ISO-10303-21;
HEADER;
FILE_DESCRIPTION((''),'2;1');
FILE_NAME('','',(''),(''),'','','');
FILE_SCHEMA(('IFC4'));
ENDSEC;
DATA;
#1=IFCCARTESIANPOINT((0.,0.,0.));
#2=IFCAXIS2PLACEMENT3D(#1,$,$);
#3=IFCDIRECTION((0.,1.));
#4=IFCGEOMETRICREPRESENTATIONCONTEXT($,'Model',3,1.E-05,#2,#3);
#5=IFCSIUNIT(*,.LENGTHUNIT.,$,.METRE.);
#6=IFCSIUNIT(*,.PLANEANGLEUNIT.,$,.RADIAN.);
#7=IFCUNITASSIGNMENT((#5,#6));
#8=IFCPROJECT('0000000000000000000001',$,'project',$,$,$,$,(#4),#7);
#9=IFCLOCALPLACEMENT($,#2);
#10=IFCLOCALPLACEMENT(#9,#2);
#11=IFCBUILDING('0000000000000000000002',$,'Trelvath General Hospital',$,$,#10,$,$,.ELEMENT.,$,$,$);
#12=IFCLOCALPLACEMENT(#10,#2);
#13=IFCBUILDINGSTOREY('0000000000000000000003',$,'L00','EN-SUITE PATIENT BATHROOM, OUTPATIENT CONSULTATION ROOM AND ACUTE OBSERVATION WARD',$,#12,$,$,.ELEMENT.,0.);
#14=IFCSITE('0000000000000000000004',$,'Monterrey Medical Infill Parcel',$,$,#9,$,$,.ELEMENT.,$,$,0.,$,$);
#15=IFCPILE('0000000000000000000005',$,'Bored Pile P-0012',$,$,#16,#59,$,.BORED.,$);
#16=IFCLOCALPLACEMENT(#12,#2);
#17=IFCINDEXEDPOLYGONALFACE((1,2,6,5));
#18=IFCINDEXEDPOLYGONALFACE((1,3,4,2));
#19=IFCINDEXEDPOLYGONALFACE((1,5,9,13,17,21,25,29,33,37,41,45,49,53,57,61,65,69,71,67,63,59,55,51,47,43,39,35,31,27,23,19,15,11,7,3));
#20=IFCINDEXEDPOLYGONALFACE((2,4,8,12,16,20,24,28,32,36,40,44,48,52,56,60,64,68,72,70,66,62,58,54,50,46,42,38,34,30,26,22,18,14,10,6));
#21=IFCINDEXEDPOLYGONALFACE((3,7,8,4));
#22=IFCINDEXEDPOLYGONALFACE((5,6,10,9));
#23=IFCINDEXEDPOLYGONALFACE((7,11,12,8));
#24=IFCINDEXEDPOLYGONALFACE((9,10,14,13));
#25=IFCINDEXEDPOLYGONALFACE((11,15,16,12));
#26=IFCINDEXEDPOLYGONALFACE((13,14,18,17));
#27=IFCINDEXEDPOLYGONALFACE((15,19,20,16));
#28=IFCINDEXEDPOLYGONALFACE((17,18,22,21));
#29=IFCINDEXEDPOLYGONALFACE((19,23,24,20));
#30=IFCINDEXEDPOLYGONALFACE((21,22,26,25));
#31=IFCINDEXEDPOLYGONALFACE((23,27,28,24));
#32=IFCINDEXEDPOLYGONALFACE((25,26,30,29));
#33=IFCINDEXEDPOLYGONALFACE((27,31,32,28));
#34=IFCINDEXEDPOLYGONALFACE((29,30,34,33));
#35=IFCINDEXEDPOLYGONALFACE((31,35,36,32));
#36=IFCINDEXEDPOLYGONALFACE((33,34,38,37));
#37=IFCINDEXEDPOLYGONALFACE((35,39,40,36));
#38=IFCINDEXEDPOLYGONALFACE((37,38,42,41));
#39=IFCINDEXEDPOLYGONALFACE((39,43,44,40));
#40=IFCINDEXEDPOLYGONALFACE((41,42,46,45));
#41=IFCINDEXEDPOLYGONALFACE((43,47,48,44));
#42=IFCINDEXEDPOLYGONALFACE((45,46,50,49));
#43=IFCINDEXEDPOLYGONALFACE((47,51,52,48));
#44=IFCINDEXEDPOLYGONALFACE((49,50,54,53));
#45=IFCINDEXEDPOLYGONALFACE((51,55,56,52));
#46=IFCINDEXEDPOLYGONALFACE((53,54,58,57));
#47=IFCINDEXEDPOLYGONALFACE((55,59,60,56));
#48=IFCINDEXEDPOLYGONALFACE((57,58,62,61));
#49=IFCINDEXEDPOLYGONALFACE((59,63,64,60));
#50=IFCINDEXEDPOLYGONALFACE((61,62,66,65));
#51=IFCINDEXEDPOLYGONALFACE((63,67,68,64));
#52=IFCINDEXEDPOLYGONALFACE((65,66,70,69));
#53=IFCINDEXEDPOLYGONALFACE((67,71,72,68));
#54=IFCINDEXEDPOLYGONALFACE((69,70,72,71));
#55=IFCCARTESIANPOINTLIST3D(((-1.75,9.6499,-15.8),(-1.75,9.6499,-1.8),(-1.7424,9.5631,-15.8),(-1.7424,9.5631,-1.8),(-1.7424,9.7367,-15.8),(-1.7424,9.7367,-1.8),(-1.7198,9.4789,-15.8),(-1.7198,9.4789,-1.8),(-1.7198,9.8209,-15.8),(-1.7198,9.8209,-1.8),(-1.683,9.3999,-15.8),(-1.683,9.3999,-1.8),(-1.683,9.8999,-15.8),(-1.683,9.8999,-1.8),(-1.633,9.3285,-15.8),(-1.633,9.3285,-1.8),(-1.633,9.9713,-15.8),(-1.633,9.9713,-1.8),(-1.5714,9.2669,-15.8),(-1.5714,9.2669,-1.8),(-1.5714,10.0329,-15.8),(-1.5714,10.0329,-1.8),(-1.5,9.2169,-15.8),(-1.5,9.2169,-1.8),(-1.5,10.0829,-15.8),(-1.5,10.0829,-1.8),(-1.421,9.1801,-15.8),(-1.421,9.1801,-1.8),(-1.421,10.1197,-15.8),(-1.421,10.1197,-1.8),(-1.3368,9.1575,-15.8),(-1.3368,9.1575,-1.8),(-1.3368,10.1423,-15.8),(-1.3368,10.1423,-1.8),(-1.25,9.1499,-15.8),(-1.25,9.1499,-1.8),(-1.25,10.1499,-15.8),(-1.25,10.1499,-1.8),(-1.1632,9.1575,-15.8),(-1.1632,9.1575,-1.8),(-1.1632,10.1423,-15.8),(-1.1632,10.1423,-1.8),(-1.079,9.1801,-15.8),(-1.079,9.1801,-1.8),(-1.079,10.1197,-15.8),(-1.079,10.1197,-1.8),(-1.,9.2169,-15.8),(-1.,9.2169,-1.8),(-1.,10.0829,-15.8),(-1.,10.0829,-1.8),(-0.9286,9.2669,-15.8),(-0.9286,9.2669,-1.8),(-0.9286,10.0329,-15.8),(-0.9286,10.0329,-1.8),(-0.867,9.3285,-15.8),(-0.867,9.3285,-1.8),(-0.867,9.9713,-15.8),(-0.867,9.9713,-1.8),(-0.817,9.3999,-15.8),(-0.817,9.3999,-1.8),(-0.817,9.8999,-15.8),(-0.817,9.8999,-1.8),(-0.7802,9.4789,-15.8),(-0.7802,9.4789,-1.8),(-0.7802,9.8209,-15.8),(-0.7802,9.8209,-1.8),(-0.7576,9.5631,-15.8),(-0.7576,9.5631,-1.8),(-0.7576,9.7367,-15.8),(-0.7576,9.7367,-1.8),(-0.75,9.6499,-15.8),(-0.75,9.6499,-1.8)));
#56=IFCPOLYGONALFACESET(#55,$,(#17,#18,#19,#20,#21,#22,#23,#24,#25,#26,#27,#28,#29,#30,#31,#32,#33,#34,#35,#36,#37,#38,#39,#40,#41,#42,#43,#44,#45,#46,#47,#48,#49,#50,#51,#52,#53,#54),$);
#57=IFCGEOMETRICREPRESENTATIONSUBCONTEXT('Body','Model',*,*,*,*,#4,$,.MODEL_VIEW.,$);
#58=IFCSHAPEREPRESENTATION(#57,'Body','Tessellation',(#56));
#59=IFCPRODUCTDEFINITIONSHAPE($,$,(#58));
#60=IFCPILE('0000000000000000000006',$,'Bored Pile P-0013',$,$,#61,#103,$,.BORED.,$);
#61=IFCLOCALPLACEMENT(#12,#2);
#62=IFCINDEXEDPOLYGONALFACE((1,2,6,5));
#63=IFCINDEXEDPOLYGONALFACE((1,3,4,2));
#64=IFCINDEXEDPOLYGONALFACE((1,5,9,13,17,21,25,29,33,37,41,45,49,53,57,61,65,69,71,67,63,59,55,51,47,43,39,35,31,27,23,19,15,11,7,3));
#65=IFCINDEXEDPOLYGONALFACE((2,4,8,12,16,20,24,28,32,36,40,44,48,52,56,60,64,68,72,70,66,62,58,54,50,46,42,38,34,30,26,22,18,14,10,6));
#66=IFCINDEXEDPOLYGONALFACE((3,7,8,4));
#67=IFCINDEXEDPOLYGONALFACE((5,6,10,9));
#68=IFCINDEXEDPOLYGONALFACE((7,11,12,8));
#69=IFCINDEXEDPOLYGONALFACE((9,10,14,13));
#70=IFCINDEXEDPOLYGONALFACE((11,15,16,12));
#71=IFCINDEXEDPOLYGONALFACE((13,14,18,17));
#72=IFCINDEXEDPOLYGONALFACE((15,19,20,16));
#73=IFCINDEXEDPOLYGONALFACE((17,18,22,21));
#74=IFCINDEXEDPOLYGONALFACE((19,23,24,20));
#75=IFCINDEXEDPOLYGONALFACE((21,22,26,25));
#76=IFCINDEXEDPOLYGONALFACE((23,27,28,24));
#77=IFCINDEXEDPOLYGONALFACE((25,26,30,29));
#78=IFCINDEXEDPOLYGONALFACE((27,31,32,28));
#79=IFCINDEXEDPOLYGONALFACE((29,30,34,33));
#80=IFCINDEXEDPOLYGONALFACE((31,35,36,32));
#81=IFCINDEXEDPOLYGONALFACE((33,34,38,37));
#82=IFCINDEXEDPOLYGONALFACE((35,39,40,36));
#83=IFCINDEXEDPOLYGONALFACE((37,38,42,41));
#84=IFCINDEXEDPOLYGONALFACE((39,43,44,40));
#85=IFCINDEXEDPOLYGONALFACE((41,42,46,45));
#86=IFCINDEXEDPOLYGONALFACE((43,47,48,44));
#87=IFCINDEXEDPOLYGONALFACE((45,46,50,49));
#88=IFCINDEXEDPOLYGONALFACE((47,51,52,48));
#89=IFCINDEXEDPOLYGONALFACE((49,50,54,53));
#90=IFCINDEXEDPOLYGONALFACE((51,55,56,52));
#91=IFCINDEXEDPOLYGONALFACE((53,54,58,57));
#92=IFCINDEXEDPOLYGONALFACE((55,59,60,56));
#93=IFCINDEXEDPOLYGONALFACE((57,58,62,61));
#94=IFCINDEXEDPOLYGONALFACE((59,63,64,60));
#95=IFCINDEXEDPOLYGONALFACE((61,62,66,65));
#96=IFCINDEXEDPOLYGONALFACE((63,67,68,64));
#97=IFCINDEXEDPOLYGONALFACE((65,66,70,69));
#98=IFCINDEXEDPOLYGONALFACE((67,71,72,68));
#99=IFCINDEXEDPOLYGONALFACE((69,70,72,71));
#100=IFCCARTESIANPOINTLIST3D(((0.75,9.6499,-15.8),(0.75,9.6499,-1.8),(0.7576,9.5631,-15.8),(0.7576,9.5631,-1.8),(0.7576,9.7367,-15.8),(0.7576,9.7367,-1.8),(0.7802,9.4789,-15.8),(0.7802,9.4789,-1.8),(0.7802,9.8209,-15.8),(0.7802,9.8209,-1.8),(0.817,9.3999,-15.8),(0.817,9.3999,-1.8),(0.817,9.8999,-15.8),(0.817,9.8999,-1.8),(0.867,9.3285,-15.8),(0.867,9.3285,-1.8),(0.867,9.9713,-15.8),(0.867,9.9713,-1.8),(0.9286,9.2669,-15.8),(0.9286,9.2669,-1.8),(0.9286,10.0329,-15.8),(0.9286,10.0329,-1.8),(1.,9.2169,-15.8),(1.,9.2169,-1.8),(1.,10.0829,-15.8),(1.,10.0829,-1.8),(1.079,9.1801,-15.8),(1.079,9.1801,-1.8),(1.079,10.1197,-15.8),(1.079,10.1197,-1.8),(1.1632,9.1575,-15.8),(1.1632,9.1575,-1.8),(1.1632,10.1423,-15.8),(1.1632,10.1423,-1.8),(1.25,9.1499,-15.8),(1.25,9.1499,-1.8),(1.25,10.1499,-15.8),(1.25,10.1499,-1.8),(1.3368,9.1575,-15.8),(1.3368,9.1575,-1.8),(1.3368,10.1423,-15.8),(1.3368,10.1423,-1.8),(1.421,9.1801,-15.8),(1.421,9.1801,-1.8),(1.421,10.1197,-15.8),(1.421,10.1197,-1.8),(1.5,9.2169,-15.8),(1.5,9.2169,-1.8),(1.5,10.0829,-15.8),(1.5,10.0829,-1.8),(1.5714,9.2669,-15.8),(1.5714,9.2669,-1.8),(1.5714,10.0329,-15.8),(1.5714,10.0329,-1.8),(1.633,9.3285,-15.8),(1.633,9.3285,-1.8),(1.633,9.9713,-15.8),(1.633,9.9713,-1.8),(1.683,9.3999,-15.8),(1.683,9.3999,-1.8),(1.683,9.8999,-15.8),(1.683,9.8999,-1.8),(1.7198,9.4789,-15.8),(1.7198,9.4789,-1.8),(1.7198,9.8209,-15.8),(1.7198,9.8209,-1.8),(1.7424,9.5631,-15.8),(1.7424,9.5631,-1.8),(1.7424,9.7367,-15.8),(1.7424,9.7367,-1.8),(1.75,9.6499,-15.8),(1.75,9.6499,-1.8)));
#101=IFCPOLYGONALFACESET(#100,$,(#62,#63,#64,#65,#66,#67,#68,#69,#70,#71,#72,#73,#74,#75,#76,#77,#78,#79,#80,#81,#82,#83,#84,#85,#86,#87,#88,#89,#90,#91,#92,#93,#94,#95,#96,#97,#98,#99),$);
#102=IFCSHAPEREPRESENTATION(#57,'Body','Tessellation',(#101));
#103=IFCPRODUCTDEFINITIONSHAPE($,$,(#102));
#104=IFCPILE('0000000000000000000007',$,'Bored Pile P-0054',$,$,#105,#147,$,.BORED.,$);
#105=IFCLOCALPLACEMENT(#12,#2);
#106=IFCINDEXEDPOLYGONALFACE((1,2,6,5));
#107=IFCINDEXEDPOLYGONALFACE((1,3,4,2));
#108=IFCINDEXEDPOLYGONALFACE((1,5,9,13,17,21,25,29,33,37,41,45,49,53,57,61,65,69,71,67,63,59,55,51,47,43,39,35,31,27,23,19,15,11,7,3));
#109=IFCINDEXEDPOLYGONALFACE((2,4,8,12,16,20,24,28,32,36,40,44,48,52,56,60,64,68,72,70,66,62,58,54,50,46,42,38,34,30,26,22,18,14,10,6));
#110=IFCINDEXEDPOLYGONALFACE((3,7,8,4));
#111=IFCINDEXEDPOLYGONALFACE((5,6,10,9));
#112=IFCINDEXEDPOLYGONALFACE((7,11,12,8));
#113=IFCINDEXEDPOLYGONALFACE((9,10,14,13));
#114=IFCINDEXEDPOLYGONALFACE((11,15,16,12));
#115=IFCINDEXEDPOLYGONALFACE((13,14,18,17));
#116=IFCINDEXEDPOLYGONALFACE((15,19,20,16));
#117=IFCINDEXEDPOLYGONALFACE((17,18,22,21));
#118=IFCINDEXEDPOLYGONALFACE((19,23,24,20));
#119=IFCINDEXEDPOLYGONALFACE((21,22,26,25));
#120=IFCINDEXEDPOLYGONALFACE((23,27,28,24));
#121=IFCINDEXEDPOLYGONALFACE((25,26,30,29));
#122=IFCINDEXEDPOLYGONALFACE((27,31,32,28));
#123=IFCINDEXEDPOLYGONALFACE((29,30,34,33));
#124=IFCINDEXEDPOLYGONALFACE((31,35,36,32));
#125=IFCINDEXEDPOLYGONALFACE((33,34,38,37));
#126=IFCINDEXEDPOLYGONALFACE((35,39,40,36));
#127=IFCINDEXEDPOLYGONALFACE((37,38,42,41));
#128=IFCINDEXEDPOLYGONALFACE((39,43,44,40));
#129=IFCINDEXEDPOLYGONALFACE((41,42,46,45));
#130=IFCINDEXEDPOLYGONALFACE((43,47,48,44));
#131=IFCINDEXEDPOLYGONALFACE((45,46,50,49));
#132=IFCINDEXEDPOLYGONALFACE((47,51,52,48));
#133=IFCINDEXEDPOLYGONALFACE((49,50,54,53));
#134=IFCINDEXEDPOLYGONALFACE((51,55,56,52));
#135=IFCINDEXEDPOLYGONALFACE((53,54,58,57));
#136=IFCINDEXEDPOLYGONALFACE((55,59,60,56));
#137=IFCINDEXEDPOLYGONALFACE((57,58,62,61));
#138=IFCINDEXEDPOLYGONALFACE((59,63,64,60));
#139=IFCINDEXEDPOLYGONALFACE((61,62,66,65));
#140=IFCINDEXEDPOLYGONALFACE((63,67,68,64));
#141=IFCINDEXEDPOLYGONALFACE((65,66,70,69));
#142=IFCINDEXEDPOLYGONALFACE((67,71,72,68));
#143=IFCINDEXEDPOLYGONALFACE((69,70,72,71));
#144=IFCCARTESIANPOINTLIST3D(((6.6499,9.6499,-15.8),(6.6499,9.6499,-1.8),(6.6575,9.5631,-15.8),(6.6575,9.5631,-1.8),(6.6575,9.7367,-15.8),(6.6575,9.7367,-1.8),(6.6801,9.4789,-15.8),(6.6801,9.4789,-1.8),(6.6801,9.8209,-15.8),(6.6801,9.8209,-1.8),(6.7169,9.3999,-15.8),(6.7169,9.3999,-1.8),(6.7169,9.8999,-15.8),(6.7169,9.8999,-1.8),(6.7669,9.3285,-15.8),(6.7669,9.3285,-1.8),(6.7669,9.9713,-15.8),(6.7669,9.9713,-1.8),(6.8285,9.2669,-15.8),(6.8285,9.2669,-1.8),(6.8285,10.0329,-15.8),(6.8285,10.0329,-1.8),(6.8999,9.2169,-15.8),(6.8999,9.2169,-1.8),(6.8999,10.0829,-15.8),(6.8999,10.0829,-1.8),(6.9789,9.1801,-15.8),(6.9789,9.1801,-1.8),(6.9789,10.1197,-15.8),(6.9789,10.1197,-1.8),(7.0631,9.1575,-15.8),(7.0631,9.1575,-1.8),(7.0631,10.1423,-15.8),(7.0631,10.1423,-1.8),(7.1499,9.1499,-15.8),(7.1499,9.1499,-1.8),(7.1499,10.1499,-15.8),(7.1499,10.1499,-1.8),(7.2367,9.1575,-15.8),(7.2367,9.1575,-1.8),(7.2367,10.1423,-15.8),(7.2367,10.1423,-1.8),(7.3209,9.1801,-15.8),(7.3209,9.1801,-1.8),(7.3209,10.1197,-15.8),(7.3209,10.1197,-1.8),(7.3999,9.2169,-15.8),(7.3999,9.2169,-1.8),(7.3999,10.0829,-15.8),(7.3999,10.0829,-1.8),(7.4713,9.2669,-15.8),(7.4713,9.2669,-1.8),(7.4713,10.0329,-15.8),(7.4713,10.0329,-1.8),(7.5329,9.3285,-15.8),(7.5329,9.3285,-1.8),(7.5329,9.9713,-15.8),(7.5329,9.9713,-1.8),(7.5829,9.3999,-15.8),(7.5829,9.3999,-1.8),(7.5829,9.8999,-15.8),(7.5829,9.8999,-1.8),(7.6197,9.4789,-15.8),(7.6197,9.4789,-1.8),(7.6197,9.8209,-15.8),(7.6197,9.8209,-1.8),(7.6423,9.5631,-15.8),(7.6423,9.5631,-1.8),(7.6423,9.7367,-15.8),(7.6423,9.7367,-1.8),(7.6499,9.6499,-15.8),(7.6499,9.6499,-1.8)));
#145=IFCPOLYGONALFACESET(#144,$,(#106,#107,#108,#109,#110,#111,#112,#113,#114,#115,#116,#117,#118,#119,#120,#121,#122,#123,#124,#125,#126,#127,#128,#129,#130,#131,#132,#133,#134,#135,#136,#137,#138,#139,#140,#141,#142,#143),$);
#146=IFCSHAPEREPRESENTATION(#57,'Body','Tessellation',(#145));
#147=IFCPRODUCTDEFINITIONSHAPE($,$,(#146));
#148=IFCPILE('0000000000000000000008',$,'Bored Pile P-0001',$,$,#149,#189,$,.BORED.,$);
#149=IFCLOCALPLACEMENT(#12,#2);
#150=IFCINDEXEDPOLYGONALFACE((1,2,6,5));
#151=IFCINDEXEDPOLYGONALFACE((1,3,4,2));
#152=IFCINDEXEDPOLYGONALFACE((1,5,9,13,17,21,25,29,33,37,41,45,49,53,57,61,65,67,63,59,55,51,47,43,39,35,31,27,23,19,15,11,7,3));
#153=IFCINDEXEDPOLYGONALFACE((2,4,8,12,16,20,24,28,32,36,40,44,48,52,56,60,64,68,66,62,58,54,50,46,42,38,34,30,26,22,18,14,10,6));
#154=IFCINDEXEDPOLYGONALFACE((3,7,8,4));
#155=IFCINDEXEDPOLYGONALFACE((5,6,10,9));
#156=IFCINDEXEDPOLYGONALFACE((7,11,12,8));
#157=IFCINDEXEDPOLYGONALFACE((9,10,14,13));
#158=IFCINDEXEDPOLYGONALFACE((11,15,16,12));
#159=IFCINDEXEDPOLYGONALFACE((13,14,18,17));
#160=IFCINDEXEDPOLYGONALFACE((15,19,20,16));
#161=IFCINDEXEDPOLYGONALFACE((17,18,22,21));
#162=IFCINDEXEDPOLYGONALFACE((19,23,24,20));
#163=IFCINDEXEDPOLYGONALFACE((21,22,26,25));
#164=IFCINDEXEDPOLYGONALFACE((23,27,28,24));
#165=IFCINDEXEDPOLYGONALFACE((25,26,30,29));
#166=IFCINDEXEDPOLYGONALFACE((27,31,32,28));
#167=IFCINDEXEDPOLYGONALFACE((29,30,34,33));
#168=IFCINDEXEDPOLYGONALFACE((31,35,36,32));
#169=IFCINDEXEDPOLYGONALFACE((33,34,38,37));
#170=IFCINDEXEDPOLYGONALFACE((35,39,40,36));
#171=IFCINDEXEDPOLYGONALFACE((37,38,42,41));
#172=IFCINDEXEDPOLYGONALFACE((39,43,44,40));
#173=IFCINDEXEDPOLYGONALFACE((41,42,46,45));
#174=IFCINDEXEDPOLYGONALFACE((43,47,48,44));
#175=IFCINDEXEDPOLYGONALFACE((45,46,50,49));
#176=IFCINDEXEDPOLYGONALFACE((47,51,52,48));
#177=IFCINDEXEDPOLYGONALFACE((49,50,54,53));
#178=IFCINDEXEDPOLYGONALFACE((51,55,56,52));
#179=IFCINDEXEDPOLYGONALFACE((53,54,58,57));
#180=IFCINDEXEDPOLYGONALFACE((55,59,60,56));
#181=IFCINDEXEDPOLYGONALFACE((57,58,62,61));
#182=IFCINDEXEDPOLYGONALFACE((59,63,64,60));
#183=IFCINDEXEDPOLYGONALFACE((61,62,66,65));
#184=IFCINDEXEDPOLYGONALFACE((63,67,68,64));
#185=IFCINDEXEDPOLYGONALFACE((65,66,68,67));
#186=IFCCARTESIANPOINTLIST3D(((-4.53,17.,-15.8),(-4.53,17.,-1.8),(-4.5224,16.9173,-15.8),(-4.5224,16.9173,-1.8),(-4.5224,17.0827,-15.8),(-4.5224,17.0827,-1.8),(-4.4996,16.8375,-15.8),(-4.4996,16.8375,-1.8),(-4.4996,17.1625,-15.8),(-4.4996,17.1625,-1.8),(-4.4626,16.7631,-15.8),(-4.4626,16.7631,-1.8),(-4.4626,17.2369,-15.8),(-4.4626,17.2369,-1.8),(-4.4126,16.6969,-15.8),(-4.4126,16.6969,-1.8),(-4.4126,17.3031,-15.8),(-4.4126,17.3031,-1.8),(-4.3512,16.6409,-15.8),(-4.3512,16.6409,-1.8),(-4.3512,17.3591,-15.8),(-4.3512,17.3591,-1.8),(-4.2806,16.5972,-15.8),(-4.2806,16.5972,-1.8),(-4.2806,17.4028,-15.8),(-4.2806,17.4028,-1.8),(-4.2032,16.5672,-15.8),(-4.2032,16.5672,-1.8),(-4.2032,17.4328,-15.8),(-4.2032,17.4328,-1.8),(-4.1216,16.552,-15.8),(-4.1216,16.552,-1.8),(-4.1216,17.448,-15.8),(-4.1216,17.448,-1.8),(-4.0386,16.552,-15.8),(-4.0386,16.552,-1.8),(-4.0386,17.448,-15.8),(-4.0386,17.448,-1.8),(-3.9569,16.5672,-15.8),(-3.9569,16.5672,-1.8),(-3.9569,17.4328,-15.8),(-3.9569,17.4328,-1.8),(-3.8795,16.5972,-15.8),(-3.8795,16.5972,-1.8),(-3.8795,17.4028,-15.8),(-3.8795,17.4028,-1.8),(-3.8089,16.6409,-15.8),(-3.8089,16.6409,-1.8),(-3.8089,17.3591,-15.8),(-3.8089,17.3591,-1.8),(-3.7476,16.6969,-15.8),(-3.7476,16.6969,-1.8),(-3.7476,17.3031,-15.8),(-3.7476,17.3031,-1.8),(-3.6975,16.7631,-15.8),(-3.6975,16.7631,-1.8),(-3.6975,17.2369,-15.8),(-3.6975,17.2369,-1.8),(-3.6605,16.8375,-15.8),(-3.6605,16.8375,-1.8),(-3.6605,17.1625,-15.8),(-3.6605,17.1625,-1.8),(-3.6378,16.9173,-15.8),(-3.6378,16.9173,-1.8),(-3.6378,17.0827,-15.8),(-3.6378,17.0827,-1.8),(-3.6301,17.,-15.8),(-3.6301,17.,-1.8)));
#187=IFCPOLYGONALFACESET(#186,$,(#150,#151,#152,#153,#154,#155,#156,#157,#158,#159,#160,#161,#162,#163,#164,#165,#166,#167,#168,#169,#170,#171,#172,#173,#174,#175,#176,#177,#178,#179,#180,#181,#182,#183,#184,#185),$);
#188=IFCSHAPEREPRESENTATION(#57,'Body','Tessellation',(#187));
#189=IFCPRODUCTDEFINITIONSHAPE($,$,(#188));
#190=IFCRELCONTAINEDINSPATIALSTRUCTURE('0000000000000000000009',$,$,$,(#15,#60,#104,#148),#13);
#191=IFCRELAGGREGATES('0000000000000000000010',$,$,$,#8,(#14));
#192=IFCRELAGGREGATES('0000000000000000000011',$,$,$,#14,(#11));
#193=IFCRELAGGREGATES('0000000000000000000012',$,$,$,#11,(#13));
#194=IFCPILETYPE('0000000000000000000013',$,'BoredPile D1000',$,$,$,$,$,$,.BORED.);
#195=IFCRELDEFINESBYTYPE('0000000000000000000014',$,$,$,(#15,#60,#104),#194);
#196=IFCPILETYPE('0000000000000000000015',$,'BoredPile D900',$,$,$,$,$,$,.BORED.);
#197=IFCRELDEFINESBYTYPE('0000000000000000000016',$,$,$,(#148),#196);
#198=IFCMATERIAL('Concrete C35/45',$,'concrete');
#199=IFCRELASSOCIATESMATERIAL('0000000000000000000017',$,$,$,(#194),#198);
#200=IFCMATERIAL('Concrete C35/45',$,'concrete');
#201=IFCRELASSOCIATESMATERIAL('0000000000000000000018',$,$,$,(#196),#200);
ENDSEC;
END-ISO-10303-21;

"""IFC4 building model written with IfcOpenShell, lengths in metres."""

from ifc_helpers import new_model, si_unit, direction, frame, origin, origin_2d, place, context, subcontext, project, spatial, circle, extrude, material, material_profile, profile_set, type_object, element, save


model = new_model("IFC4")

# Units and contexts
model_context = context("Model", 3, precision=1e-05, world=origin(), true_north=direction((0.0, 1.0)))
body_context = subcontext(model_context, "Body", "Model", "MODEL_VIEW")
ifc_project = project(units=[si_unit("LENGTHUNIT", "METRE"), si_unit("PLANEANGLEUNIT", "RADIAN")], contexts=[model_context])

# Site, building, storey
site_placement = place(None, origin())
site = spatial("IfcSite", under=ifc_project, at=site_placement, Name="Monterrey Medical Infill Parcel", CompositionType="ELEMENT", RefElevation=0.0)
building_placement = place(site_placement, origin())
building = spatial("IfcBuilding", under=site, at=building_placement, Name="Trelvath General Hospital", CompositionType="ELEMENT")
storey_placement = place(building_placement, origin())
storey = spatial("IfcBuildingStorey", under=building, at=storey_placement, Name="L00", Description="EN-SUITE PATIENT BATHROOM, OUTPATIENT CONSULTATION ROOM AND ACUTE OBSERVATION WARD", CompositionType="ELEMENT", Elevation=0.0)

# Piles
ifc_material_1 = material(Name="Concrete C35/45", Category="concrete")
ifc_material_profile_1 = material_profile(ifc_material_1, circle(Radius=0.5, at=origin_2d()), Name="PILE1000")
ifc_profile_set_1 = profile_set([ifc_material_profile_1], Name="Concrete C35/45")
pile_type_1 = type_object("IfcPileType", Name="BoredPile D1000", PredefinedType="BORED", material=ifc_profile_set_1)
for number, where, z_axis, x_axis, name in (
    (1, (-1.25, 9.6499, -1.8), (0.0, 0.0, -1.0), (1.0, 0.0, 0.0), "Bored Pile P-0012"),
    (2, (1.25, 9.6499, -1.8), (0.0, 0.0, -1.0), (1.0, 0.0, 0.0), "Bored Pile P-0013"),
    (3, (7.1499, 9.6499, -1.8), (0.0, 0.0, -1.0), (1.0, 0.0, 0.0), "Bored Pile P-0054"),
):
    element("IfcPile", number, at=place(storey_placement, frame(where, z_axis=z_axis, x_axis=x_axis)), inside=storey, type_object=pile_type_1, Name=name, PredefinedType="BORED", context=body_context, shape_type="SweptSolid", body=[
        extrude(circle(Radius=0.5, at=origin_2d()), origin(), (0.0, 0.0, 1.0), 14.0),
    ])
ifc_material_2 = material(Name="Concrete C35/45", Category="concrete")
ifc_material_profile_2 = material_profile(ifc_material_2, circle(Radius=0.45, at=origin_2d()), Name="PILE900")
ifc_profile_set_2 = profile_set([ifc_material_profile_2], Name="Concrete C35/45")
pile_type_2 = type_object("IfcPileType", Name="BoredPile D900", PredefinedType="BORED", material=ifc_profile_set_2)
for number, where, z_axis, x_axis, name in (
    (4, (-4.0801, 17.0, -1.8), (0.0, 0.0, -1.0), (1.0, 0.0, 0.0), "Bored Pile P-0001"),
):
    element("IfcPile", number, at=place(storey_placement, frame(where, z_axis=z_axis, x_axis=x_axis)), inside=storey, type_object=pile_type_2, Name=name, PredefinedType="BORED", context=body_context, shape_type="SweptSolid", body=[
        extrude(circle(Radius=0.45, at=origin_2d()), origin(), (0.0, 0.0, 1.0), 14.0),
    ])

save(model, "model.ifc")
